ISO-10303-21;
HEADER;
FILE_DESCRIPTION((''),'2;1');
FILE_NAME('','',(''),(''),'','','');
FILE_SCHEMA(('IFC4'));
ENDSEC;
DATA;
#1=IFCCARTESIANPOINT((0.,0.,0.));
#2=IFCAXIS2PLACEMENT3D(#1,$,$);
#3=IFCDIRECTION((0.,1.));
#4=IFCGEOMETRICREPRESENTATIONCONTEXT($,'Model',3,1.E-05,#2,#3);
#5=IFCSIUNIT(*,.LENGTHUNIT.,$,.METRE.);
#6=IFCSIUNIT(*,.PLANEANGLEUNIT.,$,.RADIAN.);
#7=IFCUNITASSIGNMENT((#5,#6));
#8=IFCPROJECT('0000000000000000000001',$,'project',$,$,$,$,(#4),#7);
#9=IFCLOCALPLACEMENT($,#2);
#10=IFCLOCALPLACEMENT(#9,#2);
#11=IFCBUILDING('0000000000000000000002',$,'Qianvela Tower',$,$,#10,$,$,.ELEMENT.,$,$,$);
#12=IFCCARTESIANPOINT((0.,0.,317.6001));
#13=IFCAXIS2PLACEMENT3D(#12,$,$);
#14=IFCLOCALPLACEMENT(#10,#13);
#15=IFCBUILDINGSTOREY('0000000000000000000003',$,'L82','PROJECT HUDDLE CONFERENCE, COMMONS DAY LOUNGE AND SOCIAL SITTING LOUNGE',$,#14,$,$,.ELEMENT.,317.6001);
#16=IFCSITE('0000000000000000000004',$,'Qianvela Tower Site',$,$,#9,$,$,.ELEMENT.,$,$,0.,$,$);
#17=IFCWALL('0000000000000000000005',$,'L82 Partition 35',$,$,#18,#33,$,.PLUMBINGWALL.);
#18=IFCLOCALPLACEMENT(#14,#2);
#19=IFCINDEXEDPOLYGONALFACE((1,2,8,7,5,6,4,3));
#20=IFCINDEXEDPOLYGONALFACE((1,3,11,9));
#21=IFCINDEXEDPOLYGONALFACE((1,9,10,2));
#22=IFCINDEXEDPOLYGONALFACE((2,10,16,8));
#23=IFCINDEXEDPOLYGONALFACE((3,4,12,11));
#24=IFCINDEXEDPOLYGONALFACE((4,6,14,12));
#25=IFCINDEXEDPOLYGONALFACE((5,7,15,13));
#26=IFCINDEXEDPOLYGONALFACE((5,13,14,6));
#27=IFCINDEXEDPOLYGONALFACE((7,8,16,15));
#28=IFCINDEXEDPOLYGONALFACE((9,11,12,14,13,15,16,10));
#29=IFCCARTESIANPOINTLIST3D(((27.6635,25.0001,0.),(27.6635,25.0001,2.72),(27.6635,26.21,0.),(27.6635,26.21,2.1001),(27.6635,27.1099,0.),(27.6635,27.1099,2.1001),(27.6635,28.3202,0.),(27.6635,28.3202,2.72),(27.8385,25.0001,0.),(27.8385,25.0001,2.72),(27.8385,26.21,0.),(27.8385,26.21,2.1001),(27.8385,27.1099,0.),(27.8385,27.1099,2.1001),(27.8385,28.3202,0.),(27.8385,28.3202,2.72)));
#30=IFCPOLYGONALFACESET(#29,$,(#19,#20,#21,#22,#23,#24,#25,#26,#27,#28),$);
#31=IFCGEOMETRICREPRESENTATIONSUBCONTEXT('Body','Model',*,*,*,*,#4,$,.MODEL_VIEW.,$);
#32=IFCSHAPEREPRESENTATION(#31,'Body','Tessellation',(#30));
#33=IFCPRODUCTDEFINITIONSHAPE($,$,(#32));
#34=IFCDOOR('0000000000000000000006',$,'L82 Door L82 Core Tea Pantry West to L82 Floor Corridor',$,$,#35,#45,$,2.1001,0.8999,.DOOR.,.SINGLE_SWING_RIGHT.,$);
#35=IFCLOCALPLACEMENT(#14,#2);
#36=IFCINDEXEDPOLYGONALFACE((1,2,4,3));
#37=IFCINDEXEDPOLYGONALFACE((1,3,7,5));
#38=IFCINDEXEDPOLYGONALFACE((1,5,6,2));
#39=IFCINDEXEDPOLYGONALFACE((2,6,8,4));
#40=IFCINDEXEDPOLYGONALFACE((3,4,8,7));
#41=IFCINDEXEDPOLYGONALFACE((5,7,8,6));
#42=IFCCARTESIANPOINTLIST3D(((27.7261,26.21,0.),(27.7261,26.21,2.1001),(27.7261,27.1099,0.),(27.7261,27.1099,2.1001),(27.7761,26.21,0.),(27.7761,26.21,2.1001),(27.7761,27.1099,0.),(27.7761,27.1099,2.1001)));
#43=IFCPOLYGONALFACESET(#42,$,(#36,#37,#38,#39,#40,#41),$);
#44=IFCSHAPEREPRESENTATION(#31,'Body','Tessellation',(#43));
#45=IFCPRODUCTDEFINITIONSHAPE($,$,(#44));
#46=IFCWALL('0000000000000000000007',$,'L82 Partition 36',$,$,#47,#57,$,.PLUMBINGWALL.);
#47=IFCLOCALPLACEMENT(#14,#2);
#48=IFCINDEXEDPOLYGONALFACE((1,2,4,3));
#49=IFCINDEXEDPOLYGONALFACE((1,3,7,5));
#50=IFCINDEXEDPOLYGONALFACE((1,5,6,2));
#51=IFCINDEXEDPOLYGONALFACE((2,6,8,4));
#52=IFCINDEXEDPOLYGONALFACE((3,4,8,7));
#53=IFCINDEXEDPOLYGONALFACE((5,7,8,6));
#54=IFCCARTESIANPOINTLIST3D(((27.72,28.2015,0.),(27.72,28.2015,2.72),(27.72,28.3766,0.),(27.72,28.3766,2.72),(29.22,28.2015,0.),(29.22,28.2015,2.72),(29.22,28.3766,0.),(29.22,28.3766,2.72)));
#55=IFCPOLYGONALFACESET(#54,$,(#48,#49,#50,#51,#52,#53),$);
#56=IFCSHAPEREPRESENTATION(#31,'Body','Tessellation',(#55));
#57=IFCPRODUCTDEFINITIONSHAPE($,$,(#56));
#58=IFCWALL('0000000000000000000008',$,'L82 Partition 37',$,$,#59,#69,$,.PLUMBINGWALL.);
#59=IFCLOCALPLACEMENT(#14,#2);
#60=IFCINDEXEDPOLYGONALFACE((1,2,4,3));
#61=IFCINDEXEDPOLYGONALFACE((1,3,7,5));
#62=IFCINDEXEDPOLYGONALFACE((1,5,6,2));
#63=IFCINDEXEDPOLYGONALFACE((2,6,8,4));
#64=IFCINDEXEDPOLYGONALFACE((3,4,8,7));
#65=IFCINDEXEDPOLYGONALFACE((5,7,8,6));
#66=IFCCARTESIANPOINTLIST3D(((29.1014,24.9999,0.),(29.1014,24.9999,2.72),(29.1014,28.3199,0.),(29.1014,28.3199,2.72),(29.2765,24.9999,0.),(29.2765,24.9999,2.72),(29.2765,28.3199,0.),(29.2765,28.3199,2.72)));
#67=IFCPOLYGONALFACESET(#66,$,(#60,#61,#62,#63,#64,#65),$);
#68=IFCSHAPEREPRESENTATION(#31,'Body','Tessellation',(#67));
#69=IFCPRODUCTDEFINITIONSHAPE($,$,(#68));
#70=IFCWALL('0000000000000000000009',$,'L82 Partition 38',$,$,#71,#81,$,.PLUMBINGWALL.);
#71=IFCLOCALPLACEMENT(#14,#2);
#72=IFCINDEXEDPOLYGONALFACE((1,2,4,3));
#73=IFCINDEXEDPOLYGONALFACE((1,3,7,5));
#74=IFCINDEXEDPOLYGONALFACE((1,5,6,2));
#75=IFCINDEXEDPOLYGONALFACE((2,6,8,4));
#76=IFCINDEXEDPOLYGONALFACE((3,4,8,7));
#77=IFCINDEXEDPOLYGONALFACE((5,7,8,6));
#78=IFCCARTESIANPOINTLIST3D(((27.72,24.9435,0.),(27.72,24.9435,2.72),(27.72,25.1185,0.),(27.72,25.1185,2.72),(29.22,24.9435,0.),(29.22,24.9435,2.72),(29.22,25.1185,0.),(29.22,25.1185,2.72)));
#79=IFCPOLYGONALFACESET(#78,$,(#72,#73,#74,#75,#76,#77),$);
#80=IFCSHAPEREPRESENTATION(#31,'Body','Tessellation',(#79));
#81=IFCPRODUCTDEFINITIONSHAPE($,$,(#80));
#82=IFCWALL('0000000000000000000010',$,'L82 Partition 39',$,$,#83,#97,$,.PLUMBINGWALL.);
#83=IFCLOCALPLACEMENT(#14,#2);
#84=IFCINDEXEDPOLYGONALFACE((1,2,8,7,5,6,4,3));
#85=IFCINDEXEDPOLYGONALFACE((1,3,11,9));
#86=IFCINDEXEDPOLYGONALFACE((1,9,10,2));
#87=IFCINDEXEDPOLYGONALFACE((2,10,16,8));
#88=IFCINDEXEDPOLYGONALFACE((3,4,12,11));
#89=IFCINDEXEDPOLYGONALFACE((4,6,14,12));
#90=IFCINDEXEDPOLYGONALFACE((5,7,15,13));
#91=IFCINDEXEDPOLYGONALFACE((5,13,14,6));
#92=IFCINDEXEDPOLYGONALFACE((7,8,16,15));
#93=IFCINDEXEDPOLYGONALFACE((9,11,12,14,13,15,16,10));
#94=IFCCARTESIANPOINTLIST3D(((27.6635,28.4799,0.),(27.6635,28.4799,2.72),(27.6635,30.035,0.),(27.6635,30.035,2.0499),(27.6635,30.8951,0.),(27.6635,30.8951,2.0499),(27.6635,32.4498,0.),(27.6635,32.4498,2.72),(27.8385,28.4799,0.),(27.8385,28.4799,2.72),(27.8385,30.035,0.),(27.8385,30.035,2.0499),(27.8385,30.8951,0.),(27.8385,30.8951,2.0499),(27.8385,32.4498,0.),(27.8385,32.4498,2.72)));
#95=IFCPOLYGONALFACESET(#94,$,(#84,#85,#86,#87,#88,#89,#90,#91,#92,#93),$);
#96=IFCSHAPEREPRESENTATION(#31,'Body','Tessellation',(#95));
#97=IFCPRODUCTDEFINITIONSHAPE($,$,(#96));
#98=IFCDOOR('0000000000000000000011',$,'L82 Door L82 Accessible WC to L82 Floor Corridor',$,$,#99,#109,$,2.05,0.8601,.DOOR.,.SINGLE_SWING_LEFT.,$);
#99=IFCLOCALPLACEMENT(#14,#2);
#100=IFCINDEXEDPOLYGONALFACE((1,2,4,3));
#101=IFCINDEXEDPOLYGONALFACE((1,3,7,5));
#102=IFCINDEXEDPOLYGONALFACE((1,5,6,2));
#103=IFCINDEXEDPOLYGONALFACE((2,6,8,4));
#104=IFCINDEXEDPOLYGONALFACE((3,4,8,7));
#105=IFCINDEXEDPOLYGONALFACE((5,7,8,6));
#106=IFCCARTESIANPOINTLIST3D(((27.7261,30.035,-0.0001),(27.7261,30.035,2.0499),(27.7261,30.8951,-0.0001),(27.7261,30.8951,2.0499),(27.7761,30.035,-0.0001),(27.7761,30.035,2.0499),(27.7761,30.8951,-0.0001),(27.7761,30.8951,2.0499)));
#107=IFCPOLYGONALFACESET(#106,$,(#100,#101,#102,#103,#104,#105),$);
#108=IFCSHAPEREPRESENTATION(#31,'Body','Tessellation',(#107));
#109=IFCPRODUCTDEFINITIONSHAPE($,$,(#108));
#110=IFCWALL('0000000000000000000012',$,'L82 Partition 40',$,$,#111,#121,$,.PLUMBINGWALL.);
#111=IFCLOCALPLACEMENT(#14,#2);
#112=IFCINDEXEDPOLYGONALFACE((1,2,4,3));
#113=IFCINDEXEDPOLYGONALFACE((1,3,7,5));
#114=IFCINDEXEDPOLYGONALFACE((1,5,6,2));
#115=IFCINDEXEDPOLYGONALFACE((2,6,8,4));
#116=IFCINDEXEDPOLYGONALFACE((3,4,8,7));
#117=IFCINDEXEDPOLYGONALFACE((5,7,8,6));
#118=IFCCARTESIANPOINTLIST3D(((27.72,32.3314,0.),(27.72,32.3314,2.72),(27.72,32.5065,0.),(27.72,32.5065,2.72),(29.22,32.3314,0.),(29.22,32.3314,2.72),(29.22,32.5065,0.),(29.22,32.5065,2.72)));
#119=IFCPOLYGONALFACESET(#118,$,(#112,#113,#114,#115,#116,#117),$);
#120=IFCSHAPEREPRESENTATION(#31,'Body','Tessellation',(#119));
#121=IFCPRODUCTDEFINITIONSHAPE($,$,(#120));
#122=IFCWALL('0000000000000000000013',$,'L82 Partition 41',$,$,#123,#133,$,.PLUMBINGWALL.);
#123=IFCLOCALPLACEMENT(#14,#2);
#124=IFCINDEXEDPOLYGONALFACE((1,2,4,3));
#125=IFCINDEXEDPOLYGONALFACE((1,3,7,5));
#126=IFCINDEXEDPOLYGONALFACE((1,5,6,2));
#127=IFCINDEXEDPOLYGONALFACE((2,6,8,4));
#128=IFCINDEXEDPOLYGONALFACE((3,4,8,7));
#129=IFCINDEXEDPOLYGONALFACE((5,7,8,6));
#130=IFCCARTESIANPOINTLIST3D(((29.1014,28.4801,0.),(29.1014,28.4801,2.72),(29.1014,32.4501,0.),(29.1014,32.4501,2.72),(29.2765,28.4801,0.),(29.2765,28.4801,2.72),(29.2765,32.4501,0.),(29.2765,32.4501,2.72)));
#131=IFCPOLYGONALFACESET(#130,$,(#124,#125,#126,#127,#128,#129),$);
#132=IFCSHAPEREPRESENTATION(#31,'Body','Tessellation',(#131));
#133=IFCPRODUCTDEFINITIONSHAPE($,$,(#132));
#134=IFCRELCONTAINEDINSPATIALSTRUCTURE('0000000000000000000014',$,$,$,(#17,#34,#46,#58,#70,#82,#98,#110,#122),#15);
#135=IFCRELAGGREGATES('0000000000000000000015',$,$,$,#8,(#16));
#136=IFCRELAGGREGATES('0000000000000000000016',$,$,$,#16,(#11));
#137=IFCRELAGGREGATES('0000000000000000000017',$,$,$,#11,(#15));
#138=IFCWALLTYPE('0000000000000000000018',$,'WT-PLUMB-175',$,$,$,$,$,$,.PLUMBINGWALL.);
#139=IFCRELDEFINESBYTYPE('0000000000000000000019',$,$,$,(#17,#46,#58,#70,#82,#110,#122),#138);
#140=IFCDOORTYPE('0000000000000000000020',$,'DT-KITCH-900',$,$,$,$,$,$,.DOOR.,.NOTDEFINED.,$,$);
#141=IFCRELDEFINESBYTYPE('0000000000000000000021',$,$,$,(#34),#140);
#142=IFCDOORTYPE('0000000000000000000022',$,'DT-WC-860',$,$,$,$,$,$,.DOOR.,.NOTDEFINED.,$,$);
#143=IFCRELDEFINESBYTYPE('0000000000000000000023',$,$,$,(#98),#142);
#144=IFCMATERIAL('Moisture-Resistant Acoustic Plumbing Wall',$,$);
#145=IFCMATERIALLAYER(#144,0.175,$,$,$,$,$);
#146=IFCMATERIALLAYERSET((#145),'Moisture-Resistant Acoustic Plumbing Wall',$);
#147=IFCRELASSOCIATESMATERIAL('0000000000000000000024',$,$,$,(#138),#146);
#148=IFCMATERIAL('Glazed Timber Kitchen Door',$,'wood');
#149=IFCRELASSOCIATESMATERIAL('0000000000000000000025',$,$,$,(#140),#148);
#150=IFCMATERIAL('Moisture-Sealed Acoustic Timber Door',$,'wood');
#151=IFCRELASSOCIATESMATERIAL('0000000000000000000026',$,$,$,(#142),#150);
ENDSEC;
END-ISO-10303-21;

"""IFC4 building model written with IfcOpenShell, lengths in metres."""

from ifc_helpers import new_model, si_unit, direction, frame, frame_2d, origin, place, context, subcontext, project, spatial, rectangle, extrude, material, layer, layer_set, type_object, element, fill, save


model = new_model("IFC4")

# Units and contexts
model_context = context("Model", 3, precision=1e-05, world=origin(), true_north=direction((0.0, 1.0)))
body_context = subcontext(model_context, "Body", "Model", "MODEL_VIEW")
ifc_project = project(units=[si_unit("LENGTHUNIT", "METRE"), si_unit("PLANEANGLEUNIT", "RADIAN")], contexts=[model_context])

# Site, building, storey
site_placement = place(None, origin())
site = spatial("IfcSite", under=ifc_project, at=site_placement, Name="Qianvela Tower Site", CompositionType="ELEMENT", RefElevation=0.0)
building_placement = place(site_placement, origin())
building = spatial("IfcBuilding", under=site, at=building_placement, Name="Qianvela Tower", CompositionType="ELEMENT")
storey_placement = place(building_placement, frame((0.0, 0.0, 317.6001)))
storey = spatial("IfcBuildingStorey", under=building, at=storey_placement, Name="L82", Description="PROJECT HUDDLE CONFERENCE, COMMONS DAY LOUNGE AND SOCIAL SITTING LOUNGE", CompositionType="ELEMENT", Elevation=317.6001)

# Wall, opening, door
ifc_material_1 = material(Name="Moisture-Resistant Acoustic Plumbing Wall")
ifc_layer_1 = layer(ifc_material_1, 0.175)
ifc_layer_set_1 = layer_set([ifc_layer_1], Name="Moisture-Resistant Acoustic Plumbing Wall")
wall_type_1 = type_object("IfcWallType", Name="WT-PLUMB-175", PredefinedType="PLUMBINGWALL", material=ifc_layer_set_1)
wall_1_placement = place(storey_placement, frame((27.751, 25.0, 0.0), z_axis=(0.0, 0.0, 1.0), x_axis=(0.0, 1.0, 0.0)))
wall_1 = element("IfcWall", 1, at=wall_1_placement, inside=storey, type_object=wall_type_1, Name="L82 Partition 35", PredefinedType="PLUMBINGWALL", context=body_context, shape_type="SweptSolid", body=[
    extrude(rectangle(XDim=3.3201, YDim=0.175, at=frame_2d((1.6602, 0.0))), origin(), (0.0, 0.0, 1.0), 2.72),
])
opening_1_placement = place(wall_1_placement, frame((1.21, 0.0, 0.0)))
opening_1 = element("IfcOpeningElement", 2, at=opening_1_placement, cuts=wall_1, PredefinedType="OPENING", context=body_context, shape_type="SweptSolid", body=[
    extrude(rectangle(XDim=0.8999, YDim=2.1001, at=frame_2d((0.45, 1.05))), frame((0.0, 0.0974, 0.0), z_axis=(0.0, -1.0, 0.0), x_axis=(1.0, 0.0, 0.0)), (0.0, 0.0, 1.0), 0.1951),
])
ifc_material_2 = material(Name="Glazed Timber Kitchen Door", Category="wood")
door_type_1 = type_object("IfcDoorType", Name="DT-KITCH-900", OperationType="NOTDEFINED", PredefinedType="DOOR", material=ifc_material_2)
door_1_placement = place(opening_1_placement, origin())
door_1 = element("IfcDoor", 3, at=door_1_placement, inside=storey, type_object=door_type_1, Name="L82 Door L82 Core Tea Pantry West to L82 Floor Corridor", OperationType="SINGLE_SWING_RIGHT", OverallHeight=2.1001, OverallWidth=0.8999, PredefinedType="DOOR", context=body_context, shape_type="SweptSolid", body=[
    extrude(rectangle(XDim=0.8999, YDim=2.1001, at=frame_2d((0.45, 1.05))), frame((0.0, 0.0249, 0.0), z_axis=(0.0, -1.0, 0.0), x_axis=(1.0, 0.0, 0.0)), (0.0, 0.0, 1.0), 0.05),
])
fill(opening_1, door_1)

# Walls
wall_2_placement = place(storey_placement, frame((27.72, 28.2891, 0.0), z_axis=(0.0, 0.0, 1.0), x_axis=(1.0, 0.0, 0.0)))
element("IfcWall", 4, at=wall_2_placement, inside=storey, type_object=wall_type_1, Name="L82 Partition 36", PredefinedType="PLUMBINGWALL", context=body_context, shape_type="SweptSolid", body=[
    extrude(rectangle(XDim=1.5, YDim=0.175, at=frame_2d((0.75, 0.0))), origin(), (0.0, 0.0, 1.0), 2.72),
])
wall_3_placement = place(storey_placement, frame((29.189, 28.3201, 0.0), z_axis=(0.0, 0.0, 1.0), x_axis=(0.0, -1.0, 0.0)))
element("IfcWall", 5, at=wall_3_placement, inside=storey, type_object=wall_type_1, Name="L82 Partition 37", PredefinedType="PLUMBINGWALL", context=body_context, shape_type="SweptSolid", body=[
    extrude(rectangle(XDim=3.3201, YDim=0.175, at=frame_2d((1.6602, 0.0))), origin(), (0.0, 0.0, 1.0), 2.72),
])
wall_4_placement = place(storey_placement, frame((29.22, 25.031, 0.0), z_axis=(0.0, 0.0, 1.0), x_axis=(-1.0, 0.0, 0.0)))
element("IfcWall", 6, at=wall_4_placement, inside=storey, type_object=wall_type_1, Name="L82 Partition 38", PredefinedType="PLUMBINGWALL", context=body_context, shape_type="SweptSolid", body=[
    extrude(rectangle(XDim=1.5, YDim=0.175, at=frame_2d((0.75, 0.0))), origin(), (0.0, 0.0, 1.0), 2.72),
])

# Wall, opening, door
wall_5_placement = place(storey_placement, frame((27.751, 28.48, 0.0), z_axis=(0.0, 0.0, 1.0), x_axis=(0.0, 1.0, 0.0)))
wall_5 = element("IfcWall", 7, at=wall_5_placement, inside=storey, type_object=wall_type_1, Name="L82 Partition 39", PredefinedType="PLUMBINGWALL", context=body_context, shape_type="SweptSolid", body=[
    extrude(rectangle(XDim=3.97, YDim=0.175, at=frame_2d((1.9849, 0.0))), origin(), (0.0, 0.0, 1.0), 2.72),
])
opening_2_placement = place(wall_5_placement, frame((1.5549, 0.0, 0.0)))
opening_2 = element("IfcOpeningElement", 8, at=opening_2_placement, cuts=wall_5, PredefinedType="OPENING", context=body_context, shape_type="SweptSolid", body=[
    extrude(rectangle(XDim=0.8601, YDim=2.05, at=frame_2d((0.4302, 1.0249))), frame((0.0, 0.0974, 0.0), z_axis=(0.0, -1.0, 0.0), x_axis=(1.0, 0.0, 0.0)), (0.0, 0.0, 1.0), 0.1951),
])
ifc_material_3 = material(Name="Moisture-Sealed Acoustic Timber Door", Category="wood")
door_type_2 = type_object("IfcDoorType", Name="DT-WC-860", OperationType="NOTDEFINED", PredefinedType="DOOR", material=ifc_material_3)
door_2_placement = place(opening_2_placement, origin())
door_2 = element("IfcDoor", 9, at=door_2_placement, inside=storey, type_object=door_type_2, Name="L82 Door L82 Accessible WC to L82 Floor Corridor", OperationType="SINGLE_SWING_LEFT", OverallHeight=2.05, OverallWidth=0.8601, PredefinedType="DOOR", context=body_context, shape_type="SweptSolid", body=[
    extrude(rectangle(XDim=0.8601, YDim=2.05, at=frame_2d((0.4302, 1.0249))), frame((0.0, 0.0249, 0.0), z_axis=(0.0, -1.0, 0.0), x_axis=(1.0, 0.0, 0.0)), (0.0, 0.0, 1.0), 0.05),
])
fill(opening_2, door_2)

# Walls
wall_6_placement = place(storey_placement, frame((27.72, 32.4189, 0.0), z_axis=(0.0, 0.0, 1.0), x_axis=(1.0, 0.0, 0.0)))
element("IfcWall", 10, at=wall_6_placement, inside=storey, type_object=wall_type_1, Name="L82 Partition 40", PredefinedType="PLUMBINGWALL", context=body_context, shape_type="SweptSolid", body=[
    extrude(rectangle(XDim=1.5, YDim=0.175, at=frame_2d((0.75, 0.0))), origin(), (0.0, 0.0, 1.0), 2.72),
])
wall_7_placement = place(storey_placement, frame((29.189, 32.45, 0.0), z_axis=(0.0, 0.0, 1.0), x_axis=(0.0, -1.0, 0.0)))
element("IfcWall", 11, at=wall_7_placement, inside=storey, type_object=wall_type_1, Name="L82 Partition 41", PredefinedType="PLUMBINGWALL", context=body_context, shape_type="SweptSolid", body=[
    extrude(rectangle(XDim=3.97, YDim=0.175, at=frame_2d((1.9849, 0.0))), origin(), (0.0, 0.0, 1.0), 2.72),
])

save(model, "model.ifc")
